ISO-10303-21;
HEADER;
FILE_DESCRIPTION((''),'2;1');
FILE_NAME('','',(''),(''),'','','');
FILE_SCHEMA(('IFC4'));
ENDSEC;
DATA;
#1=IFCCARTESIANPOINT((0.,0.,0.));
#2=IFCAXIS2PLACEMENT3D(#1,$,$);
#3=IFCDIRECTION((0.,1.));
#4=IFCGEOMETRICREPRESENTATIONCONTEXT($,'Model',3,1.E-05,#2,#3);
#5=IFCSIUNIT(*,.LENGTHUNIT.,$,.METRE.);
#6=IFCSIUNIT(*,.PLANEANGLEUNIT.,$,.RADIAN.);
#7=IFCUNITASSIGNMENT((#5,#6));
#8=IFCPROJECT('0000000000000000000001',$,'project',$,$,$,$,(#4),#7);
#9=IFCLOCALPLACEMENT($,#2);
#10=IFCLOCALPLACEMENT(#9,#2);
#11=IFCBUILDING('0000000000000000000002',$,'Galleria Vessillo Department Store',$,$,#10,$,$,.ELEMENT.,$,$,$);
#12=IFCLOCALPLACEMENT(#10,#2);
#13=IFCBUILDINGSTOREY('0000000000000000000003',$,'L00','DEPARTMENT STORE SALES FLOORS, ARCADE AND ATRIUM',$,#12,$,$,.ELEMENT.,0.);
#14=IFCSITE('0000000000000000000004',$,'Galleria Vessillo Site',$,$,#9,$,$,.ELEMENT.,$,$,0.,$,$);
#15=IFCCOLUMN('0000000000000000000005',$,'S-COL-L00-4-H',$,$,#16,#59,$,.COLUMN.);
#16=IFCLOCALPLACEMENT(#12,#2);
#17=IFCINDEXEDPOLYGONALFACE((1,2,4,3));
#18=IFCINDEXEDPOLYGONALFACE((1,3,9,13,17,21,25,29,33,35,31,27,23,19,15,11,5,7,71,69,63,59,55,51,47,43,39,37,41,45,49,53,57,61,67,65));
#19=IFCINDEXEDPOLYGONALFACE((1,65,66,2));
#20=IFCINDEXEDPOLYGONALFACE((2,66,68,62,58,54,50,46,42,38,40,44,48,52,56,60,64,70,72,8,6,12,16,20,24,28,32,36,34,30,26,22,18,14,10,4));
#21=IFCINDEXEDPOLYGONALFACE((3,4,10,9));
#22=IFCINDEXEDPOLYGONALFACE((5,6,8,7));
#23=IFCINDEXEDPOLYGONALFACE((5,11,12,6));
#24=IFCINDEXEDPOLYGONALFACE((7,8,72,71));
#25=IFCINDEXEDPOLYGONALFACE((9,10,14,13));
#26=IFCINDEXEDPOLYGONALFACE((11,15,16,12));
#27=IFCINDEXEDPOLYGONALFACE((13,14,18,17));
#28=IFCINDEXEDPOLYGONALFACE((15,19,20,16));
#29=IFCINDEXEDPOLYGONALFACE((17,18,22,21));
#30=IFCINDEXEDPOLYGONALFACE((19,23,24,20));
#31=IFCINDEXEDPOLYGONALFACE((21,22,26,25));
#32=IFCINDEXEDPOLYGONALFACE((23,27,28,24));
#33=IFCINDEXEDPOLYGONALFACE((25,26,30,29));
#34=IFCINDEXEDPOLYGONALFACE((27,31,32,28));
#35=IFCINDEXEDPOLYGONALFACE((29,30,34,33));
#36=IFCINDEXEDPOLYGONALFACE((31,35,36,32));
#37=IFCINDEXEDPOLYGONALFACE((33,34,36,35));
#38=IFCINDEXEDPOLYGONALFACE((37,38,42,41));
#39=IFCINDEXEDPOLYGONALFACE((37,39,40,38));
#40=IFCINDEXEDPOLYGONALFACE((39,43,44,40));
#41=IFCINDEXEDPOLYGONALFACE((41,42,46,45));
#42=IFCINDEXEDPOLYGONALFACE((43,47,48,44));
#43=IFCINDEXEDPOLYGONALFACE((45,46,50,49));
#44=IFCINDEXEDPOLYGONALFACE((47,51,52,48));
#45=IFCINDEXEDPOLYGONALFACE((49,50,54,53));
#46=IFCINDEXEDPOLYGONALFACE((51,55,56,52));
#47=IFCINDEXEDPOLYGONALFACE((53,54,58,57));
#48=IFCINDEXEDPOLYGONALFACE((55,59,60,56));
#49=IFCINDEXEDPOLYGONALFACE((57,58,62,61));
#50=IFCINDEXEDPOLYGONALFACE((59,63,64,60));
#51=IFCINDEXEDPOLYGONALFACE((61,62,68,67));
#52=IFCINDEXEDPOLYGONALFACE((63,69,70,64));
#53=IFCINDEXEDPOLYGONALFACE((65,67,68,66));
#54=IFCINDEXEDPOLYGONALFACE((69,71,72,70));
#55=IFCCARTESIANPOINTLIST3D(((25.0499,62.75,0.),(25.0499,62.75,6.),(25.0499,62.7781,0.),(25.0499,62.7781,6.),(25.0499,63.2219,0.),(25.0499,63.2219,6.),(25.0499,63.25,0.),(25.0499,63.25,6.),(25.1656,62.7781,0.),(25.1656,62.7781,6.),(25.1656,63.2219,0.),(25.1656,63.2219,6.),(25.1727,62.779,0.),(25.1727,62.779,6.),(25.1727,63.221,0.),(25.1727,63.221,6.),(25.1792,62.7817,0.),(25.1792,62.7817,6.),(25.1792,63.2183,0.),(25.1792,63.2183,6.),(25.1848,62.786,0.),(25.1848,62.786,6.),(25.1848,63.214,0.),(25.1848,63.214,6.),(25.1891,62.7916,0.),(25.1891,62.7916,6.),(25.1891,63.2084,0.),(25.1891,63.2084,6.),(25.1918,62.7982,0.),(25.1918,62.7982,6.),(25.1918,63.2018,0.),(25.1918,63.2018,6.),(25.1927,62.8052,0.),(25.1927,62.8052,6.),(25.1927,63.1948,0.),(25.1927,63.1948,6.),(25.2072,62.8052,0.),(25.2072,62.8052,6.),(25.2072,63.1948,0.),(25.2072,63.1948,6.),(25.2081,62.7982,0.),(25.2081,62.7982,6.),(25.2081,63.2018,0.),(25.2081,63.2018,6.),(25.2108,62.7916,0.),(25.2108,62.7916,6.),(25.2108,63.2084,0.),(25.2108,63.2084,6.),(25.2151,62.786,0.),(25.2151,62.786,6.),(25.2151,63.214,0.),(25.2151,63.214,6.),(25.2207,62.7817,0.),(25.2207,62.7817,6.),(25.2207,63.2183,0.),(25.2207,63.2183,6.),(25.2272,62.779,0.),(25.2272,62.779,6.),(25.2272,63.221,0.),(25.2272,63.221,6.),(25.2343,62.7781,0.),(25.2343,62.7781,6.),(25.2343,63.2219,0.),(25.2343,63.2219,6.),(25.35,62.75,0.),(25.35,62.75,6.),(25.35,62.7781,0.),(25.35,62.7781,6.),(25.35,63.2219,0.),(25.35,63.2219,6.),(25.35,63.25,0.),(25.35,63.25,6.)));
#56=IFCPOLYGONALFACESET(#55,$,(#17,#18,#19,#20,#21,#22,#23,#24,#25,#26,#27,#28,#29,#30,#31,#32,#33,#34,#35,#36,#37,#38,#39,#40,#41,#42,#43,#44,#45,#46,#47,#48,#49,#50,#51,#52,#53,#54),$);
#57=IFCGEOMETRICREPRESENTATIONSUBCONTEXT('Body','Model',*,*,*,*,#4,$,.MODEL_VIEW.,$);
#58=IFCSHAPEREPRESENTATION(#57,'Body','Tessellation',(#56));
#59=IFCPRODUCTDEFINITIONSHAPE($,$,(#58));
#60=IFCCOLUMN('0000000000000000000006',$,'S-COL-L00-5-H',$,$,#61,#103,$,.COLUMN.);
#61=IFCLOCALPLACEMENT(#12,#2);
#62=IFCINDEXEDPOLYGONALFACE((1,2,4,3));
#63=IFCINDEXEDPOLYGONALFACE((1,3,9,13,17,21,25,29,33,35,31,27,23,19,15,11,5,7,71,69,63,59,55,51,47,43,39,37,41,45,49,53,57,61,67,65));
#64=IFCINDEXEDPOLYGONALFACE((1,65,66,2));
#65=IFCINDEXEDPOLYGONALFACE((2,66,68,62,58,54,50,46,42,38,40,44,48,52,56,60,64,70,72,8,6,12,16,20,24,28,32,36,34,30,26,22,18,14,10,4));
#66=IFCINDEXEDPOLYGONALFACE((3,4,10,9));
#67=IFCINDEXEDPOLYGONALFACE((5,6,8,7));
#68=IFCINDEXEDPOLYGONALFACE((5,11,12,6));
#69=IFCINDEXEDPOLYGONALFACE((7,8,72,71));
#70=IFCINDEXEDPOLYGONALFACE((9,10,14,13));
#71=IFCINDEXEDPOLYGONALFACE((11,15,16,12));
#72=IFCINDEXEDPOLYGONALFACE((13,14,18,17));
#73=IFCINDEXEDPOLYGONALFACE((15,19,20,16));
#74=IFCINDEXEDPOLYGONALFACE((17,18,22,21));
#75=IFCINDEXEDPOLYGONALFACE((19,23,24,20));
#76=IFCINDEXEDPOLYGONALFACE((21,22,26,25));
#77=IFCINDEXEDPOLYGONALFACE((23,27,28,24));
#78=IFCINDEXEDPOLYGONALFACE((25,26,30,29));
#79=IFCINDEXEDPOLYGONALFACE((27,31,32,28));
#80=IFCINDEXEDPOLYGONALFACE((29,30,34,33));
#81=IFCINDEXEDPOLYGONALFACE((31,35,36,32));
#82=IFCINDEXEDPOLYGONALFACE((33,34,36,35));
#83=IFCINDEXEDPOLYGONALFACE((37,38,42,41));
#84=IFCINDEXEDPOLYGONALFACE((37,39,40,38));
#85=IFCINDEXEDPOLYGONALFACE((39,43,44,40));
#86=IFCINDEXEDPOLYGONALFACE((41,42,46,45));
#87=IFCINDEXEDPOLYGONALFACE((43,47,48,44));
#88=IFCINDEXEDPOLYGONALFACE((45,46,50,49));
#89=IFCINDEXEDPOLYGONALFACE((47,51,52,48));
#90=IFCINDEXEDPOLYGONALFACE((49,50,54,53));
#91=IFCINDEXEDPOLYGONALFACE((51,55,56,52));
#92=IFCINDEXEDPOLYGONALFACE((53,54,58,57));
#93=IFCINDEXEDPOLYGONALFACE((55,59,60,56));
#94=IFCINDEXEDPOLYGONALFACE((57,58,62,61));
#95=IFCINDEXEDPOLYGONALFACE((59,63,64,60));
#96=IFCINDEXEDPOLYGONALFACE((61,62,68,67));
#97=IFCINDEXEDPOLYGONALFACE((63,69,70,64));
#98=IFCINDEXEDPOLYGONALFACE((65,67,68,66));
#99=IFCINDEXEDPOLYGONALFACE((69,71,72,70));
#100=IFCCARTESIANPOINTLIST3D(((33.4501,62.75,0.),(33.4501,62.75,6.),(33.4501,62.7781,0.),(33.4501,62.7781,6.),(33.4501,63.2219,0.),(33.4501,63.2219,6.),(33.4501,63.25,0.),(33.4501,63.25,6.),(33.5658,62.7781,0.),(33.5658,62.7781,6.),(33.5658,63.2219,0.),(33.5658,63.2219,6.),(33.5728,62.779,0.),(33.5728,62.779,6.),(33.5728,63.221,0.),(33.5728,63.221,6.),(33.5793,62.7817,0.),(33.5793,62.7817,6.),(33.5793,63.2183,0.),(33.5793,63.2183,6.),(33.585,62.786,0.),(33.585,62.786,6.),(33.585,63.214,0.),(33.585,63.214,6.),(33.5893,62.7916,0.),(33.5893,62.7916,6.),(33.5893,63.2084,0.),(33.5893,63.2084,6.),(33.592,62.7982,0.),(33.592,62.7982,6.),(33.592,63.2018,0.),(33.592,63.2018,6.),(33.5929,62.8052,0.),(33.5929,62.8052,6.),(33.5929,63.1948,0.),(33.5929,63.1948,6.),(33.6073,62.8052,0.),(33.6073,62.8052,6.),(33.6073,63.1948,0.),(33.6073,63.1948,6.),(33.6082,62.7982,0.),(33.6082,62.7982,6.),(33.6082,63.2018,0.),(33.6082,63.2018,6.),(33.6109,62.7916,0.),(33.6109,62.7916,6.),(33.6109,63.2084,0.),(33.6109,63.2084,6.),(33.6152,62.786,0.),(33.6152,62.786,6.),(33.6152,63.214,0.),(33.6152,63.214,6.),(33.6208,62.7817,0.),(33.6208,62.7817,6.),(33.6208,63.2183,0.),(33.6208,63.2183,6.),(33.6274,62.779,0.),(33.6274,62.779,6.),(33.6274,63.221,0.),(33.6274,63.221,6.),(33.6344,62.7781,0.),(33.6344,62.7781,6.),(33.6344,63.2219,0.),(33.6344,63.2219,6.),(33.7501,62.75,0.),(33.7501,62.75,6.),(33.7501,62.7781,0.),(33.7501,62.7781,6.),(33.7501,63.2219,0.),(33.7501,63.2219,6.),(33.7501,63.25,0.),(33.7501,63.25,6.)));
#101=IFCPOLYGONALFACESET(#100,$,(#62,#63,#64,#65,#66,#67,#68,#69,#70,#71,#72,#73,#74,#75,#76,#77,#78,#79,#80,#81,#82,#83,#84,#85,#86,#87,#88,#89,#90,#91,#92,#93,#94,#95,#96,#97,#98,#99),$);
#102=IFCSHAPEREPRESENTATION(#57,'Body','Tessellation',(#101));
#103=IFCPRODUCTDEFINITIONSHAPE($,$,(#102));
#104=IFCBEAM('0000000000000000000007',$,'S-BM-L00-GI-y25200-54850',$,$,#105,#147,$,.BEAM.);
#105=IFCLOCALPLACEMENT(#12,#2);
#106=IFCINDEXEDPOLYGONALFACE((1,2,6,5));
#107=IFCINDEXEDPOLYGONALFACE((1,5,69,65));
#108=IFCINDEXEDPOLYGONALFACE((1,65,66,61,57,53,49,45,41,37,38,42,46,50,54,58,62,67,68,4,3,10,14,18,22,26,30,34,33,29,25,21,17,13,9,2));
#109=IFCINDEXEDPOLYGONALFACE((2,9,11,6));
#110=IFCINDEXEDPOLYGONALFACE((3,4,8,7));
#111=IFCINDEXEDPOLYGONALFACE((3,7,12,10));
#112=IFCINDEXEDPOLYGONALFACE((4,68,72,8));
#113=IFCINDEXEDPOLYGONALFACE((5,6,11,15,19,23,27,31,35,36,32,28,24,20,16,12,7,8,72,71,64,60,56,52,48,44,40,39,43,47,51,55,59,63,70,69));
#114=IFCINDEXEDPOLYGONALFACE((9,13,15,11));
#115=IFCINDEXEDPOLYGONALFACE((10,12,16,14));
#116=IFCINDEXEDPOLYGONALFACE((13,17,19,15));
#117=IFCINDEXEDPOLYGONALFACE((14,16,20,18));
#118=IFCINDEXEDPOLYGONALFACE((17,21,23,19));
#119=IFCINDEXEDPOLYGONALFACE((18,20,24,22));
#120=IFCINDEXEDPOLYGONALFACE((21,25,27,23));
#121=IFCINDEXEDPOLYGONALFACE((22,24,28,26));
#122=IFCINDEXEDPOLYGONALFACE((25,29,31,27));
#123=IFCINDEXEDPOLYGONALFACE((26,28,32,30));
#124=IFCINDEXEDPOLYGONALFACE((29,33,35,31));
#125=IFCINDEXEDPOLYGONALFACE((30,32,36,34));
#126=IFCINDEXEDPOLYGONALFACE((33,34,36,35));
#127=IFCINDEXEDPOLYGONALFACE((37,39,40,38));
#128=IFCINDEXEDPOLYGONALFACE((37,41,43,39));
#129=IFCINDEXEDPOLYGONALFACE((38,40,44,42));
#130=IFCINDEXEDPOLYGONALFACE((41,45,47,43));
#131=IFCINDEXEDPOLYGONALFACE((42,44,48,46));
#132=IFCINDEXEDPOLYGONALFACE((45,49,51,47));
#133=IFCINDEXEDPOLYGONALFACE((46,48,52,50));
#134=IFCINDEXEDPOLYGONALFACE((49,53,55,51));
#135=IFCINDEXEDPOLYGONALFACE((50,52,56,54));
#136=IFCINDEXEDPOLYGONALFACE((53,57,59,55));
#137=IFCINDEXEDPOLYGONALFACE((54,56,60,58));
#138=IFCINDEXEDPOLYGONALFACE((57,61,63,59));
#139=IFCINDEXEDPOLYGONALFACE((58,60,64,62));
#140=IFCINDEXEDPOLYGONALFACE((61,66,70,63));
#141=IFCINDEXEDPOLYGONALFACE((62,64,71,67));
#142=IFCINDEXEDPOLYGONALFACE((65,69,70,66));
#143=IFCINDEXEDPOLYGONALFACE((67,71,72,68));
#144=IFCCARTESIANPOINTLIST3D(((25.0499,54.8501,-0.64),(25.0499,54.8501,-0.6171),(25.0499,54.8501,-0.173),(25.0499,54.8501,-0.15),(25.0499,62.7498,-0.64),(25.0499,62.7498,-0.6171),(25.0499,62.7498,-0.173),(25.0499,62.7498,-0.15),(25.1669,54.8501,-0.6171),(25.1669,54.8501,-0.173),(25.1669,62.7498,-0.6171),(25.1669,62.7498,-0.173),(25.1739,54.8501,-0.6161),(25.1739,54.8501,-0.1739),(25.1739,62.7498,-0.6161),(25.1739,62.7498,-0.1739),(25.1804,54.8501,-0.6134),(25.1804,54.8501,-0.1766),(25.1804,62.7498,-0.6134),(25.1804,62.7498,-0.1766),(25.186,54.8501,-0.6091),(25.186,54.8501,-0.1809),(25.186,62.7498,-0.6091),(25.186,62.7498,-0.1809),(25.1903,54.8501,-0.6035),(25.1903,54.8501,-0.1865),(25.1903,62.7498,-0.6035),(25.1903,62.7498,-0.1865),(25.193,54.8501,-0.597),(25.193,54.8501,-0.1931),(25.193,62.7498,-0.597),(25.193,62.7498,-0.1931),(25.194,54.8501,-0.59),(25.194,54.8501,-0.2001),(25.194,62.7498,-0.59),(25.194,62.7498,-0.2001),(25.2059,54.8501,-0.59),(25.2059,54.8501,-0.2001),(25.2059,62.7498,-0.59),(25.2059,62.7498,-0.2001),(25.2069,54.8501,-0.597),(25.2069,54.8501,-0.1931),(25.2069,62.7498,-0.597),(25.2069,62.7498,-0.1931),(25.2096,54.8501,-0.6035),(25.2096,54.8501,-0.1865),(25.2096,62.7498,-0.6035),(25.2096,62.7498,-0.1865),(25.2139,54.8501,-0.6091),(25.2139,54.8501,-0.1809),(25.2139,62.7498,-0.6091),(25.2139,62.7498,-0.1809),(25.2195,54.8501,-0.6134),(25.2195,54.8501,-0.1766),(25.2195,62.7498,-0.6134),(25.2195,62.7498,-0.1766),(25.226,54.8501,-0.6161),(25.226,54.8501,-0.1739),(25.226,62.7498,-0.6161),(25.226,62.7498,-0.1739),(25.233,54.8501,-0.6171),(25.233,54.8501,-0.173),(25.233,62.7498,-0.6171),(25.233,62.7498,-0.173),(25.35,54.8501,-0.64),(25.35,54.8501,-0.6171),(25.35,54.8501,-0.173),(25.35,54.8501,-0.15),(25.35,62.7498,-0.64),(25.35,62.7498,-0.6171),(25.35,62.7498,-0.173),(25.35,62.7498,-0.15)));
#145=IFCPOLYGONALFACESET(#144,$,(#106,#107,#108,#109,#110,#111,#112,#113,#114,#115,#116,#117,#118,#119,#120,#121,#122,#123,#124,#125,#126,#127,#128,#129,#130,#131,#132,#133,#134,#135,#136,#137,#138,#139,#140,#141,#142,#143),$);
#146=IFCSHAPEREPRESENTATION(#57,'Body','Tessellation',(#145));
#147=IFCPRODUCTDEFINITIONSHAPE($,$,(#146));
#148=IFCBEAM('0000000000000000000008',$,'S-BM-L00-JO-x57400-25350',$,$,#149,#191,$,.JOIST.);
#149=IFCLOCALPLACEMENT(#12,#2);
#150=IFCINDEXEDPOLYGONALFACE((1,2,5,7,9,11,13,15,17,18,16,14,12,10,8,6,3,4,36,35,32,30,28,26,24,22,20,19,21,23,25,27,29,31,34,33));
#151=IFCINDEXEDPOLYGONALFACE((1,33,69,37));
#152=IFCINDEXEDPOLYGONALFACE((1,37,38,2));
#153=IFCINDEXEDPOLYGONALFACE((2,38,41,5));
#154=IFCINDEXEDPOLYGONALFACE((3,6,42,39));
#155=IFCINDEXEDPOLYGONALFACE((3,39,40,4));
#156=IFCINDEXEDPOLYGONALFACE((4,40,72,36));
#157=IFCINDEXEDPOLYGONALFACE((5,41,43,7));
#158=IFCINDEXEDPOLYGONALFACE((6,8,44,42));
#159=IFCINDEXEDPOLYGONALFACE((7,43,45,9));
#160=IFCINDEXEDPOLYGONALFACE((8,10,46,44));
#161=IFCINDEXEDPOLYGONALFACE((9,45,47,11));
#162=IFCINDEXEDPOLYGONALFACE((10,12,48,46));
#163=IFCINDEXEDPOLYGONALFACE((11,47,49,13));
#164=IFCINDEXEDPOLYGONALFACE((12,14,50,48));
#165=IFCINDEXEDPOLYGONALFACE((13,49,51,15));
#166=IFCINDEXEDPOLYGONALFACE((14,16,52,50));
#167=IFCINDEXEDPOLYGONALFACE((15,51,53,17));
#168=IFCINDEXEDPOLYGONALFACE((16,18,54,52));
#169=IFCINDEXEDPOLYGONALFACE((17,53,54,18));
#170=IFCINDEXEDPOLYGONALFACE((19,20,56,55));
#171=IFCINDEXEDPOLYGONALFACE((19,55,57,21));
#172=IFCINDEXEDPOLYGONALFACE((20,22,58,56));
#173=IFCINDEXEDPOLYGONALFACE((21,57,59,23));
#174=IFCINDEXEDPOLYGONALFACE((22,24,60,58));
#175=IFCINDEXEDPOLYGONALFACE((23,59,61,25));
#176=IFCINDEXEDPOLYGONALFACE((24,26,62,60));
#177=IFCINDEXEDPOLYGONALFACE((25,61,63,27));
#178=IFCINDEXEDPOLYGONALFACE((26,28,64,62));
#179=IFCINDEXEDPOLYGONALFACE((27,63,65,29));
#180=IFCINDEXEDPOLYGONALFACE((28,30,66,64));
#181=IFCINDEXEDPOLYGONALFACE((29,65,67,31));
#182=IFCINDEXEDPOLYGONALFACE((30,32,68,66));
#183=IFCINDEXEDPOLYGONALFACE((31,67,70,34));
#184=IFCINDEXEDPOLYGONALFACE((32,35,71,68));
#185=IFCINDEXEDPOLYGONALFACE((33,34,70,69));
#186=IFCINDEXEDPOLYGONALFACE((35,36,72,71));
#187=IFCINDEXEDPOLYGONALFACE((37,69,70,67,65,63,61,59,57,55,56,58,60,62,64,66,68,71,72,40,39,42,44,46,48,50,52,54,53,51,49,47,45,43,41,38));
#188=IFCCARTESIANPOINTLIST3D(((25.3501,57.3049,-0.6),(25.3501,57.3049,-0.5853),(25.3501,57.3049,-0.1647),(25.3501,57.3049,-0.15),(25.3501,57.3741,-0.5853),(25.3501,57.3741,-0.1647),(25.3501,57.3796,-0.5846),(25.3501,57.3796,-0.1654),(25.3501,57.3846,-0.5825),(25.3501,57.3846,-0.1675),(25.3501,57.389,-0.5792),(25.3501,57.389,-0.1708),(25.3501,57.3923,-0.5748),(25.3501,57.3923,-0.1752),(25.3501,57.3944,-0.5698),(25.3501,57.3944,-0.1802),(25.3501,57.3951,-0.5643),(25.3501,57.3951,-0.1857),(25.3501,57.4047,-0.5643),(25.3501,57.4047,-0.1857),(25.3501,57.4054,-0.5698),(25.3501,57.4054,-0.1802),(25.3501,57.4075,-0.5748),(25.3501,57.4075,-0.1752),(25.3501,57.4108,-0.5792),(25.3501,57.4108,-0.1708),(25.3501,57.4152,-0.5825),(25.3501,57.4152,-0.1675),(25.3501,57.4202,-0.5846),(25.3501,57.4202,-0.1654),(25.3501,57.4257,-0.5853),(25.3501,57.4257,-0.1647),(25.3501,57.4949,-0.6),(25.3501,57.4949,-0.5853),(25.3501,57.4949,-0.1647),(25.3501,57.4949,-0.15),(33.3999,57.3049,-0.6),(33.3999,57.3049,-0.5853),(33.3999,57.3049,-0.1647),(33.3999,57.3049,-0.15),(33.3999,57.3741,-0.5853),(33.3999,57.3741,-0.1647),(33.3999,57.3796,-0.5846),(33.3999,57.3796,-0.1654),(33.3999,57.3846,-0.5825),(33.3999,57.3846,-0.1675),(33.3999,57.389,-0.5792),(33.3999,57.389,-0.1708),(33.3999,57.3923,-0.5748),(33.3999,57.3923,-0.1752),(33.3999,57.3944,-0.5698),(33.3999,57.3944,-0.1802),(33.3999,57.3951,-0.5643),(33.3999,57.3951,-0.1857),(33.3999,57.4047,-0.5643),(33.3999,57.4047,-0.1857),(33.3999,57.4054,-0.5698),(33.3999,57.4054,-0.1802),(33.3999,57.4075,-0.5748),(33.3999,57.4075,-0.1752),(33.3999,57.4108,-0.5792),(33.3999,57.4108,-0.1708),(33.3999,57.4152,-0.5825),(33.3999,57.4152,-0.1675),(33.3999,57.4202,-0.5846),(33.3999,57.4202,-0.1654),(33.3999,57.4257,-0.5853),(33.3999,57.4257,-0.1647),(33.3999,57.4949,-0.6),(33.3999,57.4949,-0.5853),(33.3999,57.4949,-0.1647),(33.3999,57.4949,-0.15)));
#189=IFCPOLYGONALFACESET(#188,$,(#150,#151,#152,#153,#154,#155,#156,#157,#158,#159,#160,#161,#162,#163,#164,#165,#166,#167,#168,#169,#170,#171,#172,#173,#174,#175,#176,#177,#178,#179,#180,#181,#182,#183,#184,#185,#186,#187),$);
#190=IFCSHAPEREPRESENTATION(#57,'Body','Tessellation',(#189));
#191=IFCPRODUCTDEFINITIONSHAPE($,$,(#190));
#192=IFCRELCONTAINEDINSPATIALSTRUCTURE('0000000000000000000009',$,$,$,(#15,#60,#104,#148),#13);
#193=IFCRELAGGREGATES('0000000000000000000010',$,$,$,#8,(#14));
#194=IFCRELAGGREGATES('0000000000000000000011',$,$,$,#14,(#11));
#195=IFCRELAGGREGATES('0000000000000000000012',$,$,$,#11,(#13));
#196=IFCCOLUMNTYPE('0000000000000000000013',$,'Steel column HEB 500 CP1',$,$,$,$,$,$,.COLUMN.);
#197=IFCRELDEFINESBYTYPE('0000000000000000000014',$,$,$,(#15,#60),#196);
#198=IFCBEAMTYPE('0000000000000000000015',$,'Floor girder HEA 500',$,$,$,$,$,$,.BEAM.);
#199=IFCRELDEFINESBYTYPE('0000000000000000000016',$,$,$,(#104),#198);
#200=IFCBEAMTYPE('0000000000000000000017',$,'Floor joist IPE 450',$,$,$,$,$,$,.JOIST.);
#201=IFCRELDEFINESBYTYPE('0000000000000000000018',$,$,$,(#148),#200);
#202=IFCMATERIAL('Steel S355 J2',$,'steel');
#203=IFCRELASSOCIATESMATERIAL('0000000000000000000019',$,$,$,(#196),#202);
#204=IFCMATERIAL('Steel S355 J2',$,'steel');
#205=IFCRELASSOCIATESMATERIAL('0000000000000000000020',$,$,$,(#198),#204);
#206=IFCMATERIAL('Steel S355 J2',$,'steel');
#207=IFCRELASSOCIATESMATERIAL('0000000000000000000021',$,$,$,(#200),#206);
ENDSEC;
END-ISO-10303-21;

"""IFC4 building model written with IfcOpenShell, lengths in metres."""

from ifc_helpers import new_model, si_unit, direction, frame, origin, origin_2d, place, context, subcontext, project, spatial, i_section, extrude, material, material_profile, profile_set, type_object, element, save


model = new_model("IFC4")

# Units and contexts
model_context = context("Model", 3, precision=1e-05, world=origin(), true_north=direction((0.0, 1.0)))
body_context = subcontext(model_context, "Body", "Model", "MODEL_VIEW")
ifc_project = project(units=[si_unit("LENGTHUNIT", "METRE"), si_unit("PLANEANGLEUNIT", "RADIAN")], contexts=[model_context])

# Site, building, storey
site_placement = place(None, origin())
site = spatial("IfcSite", under=ifc_project, at=site_placement, Name="Galleria Vessillo Site", CompositionType="ELEMENT", RefElevation=0.0)
building_placement = place(site_placement, origin())
building = spatial("IfcBuilding", under=site, at=building_placement, Name="Galleria Vessillo Department Store", CompositionType="ELEMENT")
storey_placement = place(building_placement, origin())
storey = spatial("IfcBuildingStorey", under=building, at=storey_placement, Name="L00", Description="DEPARTMENT STORE SALES FLOORS, ARCADE AND ATRIUM", CompositionType="ELEMENT", Elevation=0.0)

# Columns
ifc_material_1 = material(Name="Steel S355 J2", Category="steel")
ifc_material_profile_1 = material_profile(ifc_material_1, i_section(OverallWidth=0.3, OverallDepth=0.5, WebThickness=0.0144, FlangeThickness=0.0281, FilletRadius=0.0271, at=origin_2d()), Name="HEB 500")
ifc_profile_set_1 = profile_set([ifc_material_profile_1], Name="Steel S355 J2")
column_type = type_object("IfcColumnType", Name="Steel column HEB 500 CP1", PredefinedType="COLUMN", material=ifc_profile_set_1)
for number, where, z_axis, x_axis, name in (
    (1, (25.2, 63.0, 0.0), (0.0, 0.0, 1.0), (1.0, 0.0, 0.0), "S-COL-L00-4-H"),
    (2, (33.6001, 63.0, 0.0), (0.0, 0.0, 1.0), (1.0, 0.0, 0.0), "S-COL-L00-5-H"),
):
    element("IfcColumn", number, at=place(storey_placement, frame(where, z_axis=z_axis, x_axis=x_axis)), inside=storey, type_object=column_type, Name=name, PredefinedType="COLUMN", context=body_context, shape_type="SweptSolid", body=[
        extrude(i_section(OverallWidth=0.3, OverallDepth=0.5, WebThickness=0.0144, FlangeThickness=0.0281, FilletRadius=0.0271, at=origin_2d()), origin(), (0.0, 0.0, 1.0), 6.0),
    ])

# Beams
ifc_material_2 = material(Name="Steel S355 J2", Category="steel")
ifc_material_profile_2 = material_profile(ifc_material_2, i_section(OverallWidth=0.3, OverallDepth=0.49, WebThickness=0.012, FlangeThickness=0.0229, FilletRadius=0.0271, at=origin_2d()), Name="HEA 500")
ifc_profile_set_2 = profile_set([ifc_material_profile_2], Name="Steel S355 J2")
beam_type_1 = type_object("IfcBeamType", Name="Floor girder HEA 500", PredefinedType="BEAM", material=ifc_profile_set_2)
beam_placement = place(storey_placement, frame((25.2, 54.8501, -0.395), z_axis=(0.0, 1.0, 0.0), x_axis=(-1.0, 0.0, 0.0)))
element("IfcBeam", 3, at=beam_placement, inside=storey, type_object=beam_type_1, Name="S-BM-L00-GI-y25200-54850", PredefinedType="BEAM", context=body_context, shape_type="SweptSolid", body=[
    extrude(i_section(OverallWidth=0.3, OverallDepth=0.49, WebThickness=0.012, FlangeThickness=0.0229, FilletRadius=0.0271, at=origin_2d()), origin(), (0.0, 0.0, 1.0), 7.8997),
])
ifc_material_3 = material(Name="Steel S355 J2", Category="steel")
ifc_material_profile_3 = material_profile(ifc_material_3, i_section(OverallWidth=0.1899, OverallDepth=0.45, WebThickness=0.0095, FlangeThickness=0.0146, FilletRadius=0.021, at=origin_2d()), Name="IPE 450")
ifc_profile_set_3 = profile_set([ifc_material_profile_3], Name="Steel S355 J2")
beam_type_2 = type_object("IfcBeamType", Name="Floor joist IPE 450", PredefinedType="JOIST", material=ifc_profile_set_3)
for number, where, z_axis, x_axis, name in (
    (4, (25.3501, 57.3999, -0.375), (1.0, 0.0, 0.0), (0.0, 1.0, 0.0), "S-BM-L00-JO-x57400-25350"),
):
    element("IfcBeam", number, at=place(storey_placement, frame(where, z_axis=z_axis, x_axis=x_axis)), inside=storey, type_object=beam_type_2, Name=name, PredefinedType="JOIST", context=body_context, shape_type="SweptSolid", body=[
        extrude(i_section(OverallWidth=0.1899, OverallDepth=0.45, WebThickness=0.0095, FlangeThickness=0.0146, FilletRadius=0.021, at=origin_2d()), origin(), (0.0, 0.0, 1.0), 8.0498),
    ])

save(model, "model.ifc")
